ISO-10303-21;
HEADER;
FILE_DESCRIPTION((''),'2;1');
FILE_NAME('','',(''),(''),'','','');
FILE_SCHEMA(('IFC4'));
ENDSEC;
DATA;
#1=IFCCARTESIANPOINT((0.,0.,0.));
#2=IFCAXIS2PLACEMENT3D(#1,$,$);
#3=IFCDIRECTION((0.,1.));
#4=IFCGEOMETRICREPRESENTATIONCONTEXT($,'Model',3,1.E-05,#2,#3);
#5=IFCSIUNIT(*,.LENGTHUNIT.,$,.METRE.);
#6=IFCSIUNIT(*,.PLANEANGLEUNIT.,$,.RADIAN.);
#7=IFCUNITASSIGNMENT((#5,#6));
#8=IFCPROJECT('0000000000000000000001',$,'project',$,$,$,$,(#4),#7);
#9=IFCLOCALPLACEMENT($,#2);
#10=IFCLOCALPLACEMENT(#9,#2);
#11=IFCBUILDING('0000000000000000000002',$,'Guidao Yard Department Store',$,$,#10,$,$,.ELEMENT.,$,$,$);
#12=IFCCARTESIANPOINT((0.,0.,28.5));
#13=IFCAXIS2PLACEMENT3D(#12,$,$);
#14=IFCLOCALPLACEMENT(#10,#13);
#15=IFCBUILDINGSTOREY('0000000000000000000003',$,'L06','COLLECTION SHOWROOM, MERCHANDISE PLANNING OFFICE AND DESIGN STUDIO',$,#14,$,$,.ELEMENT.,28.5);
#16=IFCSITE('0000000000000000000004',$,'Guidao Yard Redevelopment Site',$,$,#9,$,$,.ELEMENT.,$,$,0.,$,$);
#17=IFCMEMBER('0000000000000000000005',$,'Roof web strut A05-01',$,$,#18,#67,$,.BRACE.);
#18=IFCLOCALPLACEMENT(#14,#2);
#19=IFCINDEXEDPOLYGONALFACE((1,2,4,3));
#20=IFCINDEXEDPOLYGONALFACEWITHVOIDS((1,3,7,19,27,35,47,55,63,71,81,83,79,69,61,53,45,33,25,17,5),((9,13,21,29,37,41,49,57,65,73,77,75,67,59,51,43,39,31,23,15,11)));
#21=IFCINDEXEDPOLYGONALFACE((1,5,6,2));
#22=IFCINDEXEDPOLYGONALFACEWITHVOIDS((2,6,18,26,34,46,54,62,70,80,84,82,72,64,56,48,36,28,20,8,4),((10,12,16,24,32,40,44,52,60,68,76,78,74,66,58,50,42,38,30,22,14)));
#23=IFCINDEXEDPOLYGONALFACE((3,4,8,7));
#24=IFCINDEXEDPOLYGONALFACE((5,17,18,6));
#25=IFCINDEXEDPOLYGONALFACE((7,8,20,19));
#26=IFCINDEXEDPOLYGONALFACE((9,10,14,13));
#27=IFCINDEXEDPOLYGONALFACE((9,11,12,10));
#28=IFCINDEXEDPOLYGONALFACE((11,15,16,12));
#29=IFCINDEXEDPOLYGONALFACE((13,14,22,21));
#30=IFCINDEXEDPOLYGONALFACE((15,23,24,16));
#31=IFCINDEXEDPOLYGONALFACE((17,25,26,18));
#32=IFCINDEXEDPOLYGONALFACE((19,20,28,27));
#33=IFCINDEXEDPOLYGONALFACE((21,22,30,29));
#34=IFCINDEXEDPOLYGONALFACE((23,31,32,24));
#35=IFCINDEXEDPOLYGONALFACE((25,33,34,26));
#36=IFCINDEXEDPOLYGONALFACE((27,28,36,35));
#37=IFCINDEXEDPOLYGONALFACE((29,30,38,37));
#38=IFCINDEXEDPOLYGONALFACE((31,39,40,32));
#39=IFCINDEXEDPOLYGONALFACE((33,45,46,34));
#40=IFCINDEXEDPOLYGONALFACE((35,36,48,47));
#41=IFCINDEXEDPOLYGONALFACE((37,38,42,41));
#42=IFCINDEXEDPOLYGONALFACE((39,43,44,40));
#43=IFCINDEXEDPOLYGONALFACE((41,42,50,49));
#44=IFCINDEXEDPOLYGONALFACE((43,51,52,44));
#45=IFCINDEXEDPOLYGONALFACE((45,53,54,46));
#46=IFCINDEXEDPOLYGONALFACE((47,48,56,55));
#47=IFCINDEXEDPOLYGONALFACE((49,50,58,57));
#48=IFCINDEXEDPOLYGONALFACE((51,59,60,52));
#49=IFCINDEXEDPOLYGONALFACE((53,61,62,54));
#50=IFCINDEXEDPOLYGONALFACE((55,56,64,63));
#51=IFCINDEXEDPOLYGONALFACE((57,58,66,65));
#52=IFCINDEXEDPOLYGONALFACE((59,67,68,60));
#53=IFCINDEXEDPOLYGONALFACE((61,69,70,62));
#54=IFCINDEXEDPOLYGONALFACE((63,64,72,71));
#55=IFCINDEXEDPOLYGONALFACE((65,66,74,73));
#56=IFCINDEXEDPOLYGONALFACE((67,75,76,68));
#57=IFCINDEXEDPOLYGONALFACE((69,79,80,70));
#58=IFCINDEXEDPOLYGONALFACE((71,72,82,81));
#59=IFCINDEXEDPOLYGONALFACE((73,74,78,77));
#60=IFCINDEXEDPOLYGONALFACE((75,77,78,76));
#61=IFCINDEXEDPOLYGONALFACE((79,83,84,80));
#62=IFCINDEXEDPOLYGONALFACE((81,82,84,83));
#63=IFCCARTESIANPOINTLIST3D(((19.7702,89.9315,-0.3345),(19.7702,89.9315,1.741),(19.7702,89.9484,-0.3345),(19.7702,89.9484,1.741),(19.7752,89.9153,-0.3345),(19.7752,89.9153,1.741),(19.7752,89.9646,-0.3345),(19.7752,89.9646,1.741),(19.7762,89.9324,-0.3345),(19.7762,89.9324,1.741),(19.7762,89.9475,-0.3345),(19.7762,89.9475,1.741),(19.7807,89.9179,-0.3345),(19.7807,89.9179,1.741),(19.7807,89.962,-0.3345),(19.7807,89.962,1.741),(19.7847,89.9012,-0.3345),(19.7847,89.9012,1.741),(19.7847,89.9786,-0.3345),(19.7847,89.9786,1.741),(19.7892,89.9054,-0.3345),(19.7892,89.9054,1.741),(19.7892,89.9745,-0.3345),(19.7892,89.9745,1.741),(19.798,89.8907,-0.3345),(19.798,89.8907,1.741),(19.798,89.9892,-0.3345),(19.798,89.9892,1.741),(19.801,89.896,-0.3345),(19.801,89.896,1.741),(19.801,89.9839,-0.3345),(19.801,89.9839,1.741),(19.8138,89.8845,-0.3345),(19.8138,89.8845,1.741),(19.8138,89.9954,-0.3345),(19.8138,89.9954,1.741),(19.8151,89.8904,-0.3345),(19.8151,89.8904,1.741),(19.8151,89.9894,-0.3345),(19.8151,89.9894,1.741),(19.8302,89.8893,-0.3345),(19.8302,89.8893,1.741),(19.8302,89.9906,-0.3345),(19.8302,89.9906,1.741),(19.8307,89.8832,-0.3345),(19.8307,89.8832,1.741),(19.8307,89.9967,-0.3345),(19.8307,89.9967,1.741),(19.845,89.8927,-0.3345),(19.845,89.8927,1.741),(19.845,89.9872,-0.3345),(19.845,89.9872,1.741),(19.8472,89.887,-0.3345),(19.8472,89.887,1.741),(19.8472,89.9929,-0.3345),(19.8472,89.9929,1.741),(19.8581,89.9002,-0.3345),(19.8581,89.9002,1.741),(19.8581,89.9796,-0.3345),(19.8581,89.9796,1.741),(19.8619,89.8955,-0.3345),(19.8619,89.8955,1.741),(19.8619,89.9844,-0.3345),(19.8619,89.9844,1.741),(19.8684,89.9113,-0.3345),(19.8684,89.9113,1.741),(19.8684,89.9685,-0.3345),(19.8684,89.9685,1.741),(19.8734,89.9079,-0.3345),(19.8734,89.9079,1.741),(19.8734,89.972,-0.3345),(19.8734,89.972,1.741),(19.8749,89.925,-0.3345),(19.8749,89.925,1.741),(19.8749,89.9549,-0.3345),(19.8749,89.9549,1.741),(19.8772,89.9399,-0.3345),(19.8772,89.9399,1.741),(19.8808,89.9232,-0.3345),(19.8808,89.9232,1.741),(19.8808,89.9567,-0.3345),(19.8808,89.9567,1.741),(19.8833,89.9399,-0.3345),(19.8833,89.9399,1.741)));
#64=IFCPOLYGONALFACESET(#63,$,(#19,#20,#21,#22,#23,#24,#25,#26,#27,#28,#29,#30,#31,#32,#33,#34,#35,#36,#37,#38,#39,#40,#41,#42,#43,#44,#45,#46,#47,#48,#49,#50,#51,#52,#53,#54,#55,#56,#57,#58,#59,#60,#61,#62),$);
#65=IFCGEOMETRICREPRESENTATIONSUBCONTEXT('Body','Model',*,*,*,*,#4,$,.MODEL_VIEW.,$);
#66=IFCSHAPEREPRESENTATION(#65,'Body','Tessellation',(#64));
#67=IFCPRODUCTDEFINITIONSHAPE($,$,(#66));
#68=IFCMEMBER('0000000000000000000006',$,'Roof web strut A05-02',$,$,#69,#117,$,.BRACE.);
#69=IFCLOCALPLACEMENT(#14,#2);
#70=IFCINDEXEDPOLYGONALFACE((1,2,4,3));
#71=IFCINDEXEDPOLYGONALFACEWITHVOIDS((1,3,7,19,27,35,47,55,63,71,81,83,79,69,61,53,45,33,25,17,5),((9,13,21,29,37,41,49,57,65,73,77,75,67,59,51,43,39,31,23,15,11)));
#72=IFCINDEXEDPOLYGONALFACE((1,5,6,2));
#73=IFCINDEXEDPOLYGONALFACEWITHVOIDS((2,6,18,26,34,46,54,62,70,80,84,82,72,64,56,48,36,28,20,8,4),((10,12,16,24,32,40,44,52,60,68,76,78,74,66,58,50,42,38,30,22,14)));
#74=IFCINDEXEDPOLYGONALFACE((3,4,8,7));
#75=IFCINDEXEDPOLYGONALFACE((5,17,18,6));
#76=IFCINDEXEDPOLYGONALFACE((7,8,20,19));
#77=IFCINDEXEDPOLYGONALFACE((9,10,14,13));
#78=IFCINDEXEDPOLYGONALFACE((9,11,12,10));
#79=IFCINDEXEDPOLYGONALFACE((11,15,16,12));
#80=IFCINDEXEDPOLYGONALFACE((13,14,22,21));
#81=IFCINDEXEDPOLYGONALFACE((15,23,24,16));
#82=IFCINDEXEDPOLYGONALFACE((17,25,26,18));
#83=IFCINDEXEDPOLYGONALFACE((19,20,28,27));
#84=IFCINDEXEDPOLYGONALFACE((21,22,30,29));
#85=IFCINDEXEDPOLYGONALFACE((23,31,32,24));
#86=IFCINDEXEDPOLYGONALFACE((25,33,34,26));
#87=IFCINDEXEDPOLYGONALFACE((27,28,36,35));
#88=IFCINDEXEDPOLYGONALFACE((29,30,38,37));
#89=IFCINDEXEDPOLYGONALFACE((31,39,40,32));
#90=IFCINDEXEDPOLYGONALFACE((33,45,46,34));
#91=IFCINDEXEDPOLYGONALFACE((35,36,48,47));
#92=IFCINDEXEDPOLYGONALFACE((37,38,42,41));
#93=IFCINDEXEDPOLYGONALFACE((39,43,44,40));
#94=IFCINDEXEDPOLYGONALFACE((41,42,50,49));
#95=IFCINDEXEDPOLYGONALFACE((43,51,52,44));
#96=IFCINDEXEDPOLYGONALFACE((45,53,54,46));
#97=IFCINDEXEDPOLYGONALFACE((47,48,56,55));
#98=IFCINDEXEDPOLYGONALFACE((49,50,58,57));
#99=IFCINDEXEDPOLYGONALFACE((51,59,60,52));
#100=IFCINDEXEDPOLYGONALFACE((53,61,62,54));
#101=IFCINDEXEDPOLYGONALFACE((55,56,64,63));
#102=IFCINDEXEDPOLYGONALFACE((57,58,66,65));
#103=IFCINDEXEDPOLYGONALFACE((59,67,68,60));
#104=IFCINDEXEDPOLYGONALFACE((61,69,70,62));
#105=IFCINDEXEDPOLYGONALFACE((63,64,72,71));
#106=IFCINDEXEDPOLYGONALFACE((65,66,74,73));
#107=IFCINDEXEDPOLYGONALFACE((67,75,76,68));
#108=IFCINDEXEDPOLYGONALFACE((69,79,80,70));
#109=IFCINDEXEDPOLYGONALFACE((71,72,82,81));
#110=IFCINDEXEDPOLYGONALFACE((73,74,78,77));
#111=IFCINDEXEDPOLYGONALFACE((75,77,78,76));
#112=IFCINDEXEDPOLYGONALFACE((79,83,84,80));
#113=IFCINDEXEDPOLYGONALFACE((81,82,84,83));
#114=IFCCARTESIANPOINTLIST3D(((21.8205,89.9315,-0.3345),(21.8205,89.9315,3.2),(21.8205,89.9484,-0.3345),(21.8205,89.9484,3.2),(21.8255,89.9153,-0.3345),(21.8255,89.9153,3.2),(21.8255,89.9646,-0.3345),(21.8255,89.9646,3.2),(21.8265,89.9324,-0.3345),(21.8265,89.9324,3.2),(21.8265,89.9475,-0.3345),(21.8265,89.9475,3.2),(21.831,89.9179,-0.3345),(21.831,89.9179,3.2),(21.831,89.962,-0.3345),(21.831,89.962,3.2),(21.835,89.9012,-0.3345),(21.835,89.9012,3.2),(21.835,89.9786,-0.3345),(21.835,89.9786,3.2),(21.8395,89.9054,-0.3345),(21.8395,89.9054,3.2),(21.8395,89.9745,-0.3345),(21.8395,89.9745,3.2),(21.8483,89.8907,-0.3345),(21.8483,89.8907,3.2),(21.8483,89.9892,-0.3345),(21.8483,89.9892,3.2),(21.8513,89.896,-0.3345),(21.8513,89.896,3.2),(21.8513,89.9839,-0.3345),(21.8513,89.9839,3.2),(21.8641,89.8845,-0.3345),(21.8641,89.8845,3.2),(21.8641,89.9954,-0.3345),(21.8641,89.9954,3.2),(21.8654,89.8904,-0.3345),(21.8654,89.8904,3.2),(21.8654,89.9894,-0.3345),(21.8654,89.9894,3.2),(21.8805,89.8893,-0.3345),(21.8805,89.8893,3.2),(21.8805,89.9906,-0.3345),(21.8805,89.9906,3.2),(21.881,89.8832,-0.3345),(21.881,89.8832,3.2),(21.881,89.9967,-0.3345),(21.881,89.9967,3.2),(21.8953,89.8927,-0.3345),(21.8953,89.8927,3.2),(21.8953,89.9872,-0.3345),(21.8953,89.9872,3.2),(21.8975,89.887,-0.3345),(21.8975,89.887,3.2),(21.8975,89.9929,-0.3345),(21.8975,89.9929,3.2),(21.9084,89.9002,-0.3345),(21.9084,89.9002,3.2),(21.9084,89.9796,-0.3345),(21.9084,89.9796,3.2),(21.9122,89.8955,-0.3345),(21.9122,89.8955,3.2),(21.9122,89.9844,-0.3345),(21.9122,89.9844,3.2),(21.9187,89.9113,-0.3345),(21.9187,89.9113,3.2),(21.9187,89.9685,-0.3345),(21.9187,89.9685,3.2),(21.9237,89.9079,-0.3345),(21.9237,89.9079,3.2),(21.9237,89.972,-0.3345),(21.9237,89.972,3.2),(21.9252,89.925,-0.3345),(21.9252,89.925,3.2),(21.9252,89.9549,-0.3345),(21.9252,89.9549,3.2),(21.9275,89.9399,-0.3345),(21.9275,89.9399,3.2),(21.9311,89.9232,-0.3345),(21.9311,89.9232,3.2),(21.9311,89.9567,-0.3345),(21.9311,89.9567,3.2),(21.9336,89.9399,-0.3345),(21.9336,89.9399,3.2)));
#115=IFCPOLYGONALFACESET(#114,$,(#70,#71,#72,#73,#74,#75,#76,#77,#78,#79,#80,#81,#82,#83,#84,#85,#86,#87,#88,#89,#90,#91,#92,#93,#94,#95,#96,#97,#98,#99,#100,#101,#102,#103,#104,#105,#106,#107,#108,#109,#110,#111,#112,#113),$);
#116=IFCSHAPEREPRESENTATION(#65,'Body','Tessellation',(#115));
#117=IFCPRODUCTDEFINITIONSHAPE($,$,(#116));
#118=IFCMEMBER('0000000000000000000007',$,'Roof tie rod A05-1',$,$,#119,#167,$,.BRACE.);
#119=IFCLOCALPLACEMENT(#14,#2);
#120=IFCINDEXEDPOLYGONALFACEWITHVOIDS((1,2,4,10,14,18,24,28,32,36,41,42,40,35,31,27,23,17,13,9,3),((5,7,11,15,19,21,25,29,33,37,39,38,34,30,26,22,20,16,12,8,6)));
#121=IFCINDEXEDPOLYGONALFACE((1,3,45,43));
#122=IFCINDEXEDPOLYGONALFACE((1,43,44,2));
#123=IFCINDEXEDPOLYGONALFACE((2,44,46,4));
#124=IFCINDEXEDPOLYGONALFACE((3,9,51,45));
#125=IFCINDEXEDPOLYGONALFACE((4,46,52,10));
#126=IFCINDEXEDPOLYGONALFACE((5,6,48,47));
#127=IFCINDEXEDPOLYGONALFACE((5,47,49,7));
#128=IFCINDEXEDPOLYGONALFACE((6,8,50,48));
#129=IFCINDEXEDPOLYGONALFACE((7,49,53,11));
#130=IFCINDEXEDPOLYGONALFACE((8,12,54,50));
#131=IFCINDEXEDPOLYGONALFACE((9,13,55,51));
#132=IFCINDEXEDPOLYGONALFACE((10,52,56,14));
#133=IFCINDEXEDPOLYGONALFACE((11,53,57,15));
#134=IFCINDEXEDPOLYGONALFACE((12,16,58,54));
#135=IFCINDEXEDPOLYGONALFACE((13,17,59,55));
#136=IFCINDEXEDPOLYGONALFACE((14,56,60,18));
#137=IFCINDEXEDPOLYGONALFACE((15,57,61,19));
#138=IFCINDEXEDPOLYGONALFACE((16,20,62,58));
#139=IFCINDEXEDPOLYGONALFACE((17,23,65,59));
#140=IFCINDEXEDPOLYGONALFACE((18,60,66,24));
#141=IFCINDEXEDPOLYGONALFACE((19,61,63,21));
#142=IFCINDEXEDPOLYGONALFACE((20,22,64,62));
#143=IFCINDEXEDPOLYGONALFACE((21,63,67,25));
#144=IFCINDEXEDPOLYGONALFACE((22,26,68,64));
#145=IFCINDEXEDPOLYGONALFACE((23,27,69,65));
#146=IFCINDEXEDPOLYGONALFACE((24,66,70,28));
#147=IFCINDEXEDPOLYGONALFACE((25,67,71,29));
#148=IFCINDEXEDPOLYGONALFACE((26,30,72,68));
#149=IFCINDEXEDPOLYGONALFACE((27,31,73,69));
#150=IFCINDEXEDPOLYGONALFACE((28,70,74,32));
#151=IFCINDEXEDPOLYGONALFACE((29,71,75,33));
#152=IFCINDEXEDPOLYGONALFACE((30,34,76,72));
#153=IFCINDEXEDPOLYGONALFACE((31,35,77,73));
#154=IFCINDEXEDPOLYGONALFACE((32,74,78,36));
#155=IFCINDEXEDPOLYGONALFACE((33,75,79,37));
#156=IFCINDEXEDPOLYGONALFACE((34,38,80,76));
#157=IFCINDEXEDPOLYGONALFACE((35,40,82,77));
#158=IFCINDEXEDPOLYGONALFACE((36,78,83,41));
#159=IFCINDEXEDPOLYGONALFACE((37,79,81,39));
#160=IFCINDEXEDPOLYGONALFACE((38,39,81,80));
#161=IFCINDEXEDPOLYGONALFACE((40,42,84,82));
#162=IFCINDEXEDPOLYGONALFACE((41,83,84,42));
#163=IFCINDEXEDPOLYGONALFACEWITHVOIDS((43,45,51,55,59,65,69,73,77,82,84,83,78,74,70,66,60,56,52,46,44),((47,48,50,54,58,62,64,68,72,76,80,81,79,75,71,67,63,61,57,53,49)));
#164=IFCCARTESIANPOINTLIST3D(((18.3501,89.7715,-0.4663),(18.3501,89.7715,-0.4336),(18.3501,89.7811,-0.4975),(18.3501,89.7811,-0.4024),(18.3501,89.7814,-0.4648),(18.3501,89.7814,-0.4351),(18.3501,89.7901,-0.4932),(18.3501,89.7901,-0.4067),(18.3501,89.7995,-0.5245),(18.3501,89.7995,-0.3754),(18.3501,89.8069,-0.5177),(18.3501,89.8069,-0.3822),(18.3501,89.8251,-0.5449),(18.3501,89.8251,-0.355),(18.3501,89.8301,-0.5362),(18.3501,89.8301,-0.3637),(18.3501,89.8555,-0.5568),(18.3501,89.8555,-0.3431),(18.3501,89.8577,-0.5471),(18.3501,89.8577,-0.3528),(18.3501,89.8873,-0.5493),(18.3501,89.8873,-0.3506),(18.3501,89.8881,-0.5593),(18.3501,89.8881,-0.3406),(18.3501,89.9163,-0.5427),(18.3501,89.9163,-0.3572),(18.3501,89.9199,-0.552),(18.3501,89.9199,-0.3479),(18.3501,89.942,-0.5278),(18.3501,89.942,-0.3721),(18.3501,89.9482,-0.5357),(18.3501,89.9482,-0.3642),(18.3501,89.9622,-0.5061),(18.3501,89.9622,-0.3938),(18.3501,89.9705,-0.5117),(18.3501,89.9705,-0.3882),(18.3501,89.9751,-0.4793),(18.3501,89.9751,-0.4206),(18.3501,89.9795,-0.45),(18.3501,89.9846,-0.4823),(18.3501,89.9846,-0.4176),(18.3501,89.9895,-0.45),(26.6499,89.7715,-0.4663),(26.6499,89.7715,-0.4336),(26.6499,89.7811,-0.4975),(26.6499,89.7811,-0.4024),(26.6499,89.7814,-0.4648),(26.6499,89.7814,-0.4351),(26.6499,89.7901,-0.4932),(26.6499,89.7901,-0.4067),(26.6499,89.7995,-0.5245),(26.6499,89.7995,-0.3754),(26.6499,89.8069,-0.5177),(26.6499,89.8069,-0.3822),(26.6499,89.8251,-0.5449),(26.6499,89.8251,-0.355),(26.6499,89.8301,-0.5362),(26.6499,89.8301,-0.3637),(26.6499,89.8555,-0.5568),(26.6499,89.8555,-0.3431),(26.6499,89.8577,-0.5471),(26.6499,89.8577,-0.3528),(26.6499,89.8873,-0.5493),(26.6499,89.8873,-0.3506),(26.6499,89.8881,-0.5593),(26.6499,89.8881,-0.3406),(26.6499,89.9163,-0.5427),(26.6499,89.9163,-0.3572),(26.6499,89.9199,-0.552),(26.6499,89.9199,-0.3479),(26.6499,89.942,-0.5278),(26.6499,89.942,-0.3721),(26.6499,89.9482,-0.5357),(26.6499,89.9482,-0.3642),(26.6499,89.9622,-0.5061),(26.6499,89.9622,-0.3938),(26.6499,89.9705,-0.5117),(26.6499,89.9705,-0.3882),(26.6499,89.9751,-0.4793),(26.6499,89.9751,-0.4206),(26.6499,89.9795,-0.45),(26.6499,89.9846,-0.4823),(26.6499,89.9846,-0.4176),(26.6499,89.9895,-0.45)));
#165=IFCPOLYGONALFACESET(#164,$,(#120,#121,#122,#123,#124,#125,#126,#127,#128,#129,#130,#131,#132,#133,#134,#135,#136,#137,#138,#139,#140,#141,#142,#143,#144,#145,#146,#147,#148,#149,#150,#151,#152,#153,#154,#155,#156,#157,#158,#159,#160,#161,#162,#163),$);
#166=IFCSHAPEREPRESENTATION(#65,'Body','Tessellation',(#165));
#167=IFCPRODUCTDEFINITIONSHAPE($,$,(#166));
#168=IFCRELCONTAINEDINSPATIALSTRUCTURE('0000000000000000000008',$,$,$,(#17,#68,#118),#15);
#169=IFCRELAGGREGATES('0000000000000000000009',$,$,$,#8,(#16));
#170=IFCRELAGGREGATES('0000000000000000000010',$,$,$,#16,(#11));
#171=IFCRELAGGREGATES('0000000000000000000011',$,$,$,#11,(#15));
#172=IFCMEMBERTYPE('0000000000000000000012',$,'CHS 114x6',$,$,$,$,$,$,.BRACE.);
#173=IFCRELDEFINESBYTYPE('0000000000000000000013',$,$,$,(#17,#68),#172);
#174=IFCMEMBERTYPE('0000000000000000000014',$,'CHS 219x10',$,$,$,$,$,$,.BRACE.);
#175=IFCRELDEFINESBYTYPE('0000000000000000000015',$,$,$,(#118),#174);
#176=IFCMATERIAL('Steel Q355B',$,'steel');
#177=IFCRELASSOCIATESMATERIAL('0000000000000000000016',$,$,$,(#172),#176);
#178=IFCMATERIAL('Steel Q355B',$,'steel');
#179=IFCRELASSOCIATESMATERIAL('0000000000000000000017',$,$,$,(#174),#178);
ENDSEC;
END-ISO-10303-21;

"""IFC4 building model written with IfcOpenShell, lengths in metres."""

from ifc_helpers import new_model, si_unit, direction, frame, origin, origin_2d, place, context, subcontext, project, spatial, hollow_circle, extrude, material, material_profile, profile_set, type_object, element, save


model = new_model("IFC4")

# Units and contexts
model_context = context("Model", 3, precision=1e-05, world=origin(), true_north=direction((0.0, 1.0)))
body_context = subcontext(model_context, "Body", "Model", "MODEL_VIEW")
ifc_project = project(units=[si_unit("LENGTHUNIT", "METRE"), si_unit("PLANEANGLEUNIT", "RADIAN")], contexts=[model_context])

# Site, building, storey
site_placement = place(None, origin())
site = spatial("IfcSite", under=ifc_project, at=site_placement, Name="Guidao Yard Redevelopment Site", CompositionType="ELEMENT", RefElevation=0.0)
building_placement = place(site_placement, origin())
building = spatial("IfcBuilding", under=site, at=building_placement, Name="Guidao Yard Department Store", CompositionType="ELEMENT")
storey_placement = place(building_placement, frame((0.0, 0.0, 28.5)))
storey = spatial("IfcBuildingStorey", under=building, at=storey_placement, Name="L06", Description="COLLECTION SHOWROOM, MERCHANDISE PLANNING OFFICE AND DESIGN STUDIO", CompositionType="ELEMENT", Elevation=28.5)

# Members
ifc_material_1 = material(Name="Steel Q355B", Category="steel")
ifc_material_profile_1 = material_profile(ifc_material_1, hollow_circle(Radius=0.0569, WallThickness=0.0061, at=origin_2d()), Name="CHS 114x6")
ifc_profile_set_1 = profile_set([ifc_material_profile_1], Name="Steel Q355B")
member_type_1 = type_object("IfcMemberType", Name="CHS 114x6", PredefinedType="BRACE", material=ifc_profile_set_1)
member_1_placement = place(storey_placement, frame((19.8264, 89.9399, -0.3345), z_axis=(0.0, 0.0, 1.0), x_axis=(1.0, 0.0, 0.0)))
element("IfcMember", 1, at=member_1_placement, inside=storey, type_object=member_type_1, Name="Roof web strut A05-01", PredefinedType="BRACE", context=body_context, shape_type="SweptSolid", body=[
    extrude(hollow_circle(Radius=0.0569, WallThickness=0.0061, at=origin_2d()), origin(), (0.0, 0.0, 1.0), 2.0754),
])
member_2_placement = place(storey_placement, frame((21.8767, 89.9399, -0.3345), z_axis=(0.0, 0.0, 1.0), x_axis=(1.0, 0.0, 0.0)))
element("IfcMember", 2, at=member_2_placement, inside=storey, type_object=member_type_1, Name="Roof web strut A05-02", PredefinedType="BRACE", context=body_context, shape_type="SweptSolid", body=[
    extrude(hollow_circle(Radius=0.0569, WallThickness=0.0061, at=origin_2d()), origin(), (0.0, 0.0, 1.0), 3.5344),
])
ifc_material_2 = material(Name="Steel Q355B", Category="steel")
ifc_material_profile_2 = material_profile(ifc_material_2, hollow_circle(Radius=0.1096, WallThickness=0.01, at=origin_2d()), Name="CHS 219x10")
ifc_profile_set_2 = profile_set([ifc_material_profile_2], Name="Steel Q355B")
member_type_2 = type_object("IfcMemberType", Name="CHS 219x10", PredefinedType="BRACE", material=ifc_profile_set_2)
member_3_placement = place(storey_placement, frame((18.3501, 89.8799, -0.45), z_axis=(1.0, 0.0, 0.0), x_axis=(0.0, 1.0, 0.0)))
element("IfcMember", 3, at=member_3_placement, inside=storey, type_object=member_type_2, Name="Roof tie rod A05-1", PredefinedType="BRACE", context=body_context, shape_type="SweptSolid", body=[
    extrude(hollow_circle(Radius=0.1096, WallThickness=0.01, at=origin_2d()), origin(), (0.0, 0.0, 1.0), 8.2998),
])

save(model, "model.ifc")
